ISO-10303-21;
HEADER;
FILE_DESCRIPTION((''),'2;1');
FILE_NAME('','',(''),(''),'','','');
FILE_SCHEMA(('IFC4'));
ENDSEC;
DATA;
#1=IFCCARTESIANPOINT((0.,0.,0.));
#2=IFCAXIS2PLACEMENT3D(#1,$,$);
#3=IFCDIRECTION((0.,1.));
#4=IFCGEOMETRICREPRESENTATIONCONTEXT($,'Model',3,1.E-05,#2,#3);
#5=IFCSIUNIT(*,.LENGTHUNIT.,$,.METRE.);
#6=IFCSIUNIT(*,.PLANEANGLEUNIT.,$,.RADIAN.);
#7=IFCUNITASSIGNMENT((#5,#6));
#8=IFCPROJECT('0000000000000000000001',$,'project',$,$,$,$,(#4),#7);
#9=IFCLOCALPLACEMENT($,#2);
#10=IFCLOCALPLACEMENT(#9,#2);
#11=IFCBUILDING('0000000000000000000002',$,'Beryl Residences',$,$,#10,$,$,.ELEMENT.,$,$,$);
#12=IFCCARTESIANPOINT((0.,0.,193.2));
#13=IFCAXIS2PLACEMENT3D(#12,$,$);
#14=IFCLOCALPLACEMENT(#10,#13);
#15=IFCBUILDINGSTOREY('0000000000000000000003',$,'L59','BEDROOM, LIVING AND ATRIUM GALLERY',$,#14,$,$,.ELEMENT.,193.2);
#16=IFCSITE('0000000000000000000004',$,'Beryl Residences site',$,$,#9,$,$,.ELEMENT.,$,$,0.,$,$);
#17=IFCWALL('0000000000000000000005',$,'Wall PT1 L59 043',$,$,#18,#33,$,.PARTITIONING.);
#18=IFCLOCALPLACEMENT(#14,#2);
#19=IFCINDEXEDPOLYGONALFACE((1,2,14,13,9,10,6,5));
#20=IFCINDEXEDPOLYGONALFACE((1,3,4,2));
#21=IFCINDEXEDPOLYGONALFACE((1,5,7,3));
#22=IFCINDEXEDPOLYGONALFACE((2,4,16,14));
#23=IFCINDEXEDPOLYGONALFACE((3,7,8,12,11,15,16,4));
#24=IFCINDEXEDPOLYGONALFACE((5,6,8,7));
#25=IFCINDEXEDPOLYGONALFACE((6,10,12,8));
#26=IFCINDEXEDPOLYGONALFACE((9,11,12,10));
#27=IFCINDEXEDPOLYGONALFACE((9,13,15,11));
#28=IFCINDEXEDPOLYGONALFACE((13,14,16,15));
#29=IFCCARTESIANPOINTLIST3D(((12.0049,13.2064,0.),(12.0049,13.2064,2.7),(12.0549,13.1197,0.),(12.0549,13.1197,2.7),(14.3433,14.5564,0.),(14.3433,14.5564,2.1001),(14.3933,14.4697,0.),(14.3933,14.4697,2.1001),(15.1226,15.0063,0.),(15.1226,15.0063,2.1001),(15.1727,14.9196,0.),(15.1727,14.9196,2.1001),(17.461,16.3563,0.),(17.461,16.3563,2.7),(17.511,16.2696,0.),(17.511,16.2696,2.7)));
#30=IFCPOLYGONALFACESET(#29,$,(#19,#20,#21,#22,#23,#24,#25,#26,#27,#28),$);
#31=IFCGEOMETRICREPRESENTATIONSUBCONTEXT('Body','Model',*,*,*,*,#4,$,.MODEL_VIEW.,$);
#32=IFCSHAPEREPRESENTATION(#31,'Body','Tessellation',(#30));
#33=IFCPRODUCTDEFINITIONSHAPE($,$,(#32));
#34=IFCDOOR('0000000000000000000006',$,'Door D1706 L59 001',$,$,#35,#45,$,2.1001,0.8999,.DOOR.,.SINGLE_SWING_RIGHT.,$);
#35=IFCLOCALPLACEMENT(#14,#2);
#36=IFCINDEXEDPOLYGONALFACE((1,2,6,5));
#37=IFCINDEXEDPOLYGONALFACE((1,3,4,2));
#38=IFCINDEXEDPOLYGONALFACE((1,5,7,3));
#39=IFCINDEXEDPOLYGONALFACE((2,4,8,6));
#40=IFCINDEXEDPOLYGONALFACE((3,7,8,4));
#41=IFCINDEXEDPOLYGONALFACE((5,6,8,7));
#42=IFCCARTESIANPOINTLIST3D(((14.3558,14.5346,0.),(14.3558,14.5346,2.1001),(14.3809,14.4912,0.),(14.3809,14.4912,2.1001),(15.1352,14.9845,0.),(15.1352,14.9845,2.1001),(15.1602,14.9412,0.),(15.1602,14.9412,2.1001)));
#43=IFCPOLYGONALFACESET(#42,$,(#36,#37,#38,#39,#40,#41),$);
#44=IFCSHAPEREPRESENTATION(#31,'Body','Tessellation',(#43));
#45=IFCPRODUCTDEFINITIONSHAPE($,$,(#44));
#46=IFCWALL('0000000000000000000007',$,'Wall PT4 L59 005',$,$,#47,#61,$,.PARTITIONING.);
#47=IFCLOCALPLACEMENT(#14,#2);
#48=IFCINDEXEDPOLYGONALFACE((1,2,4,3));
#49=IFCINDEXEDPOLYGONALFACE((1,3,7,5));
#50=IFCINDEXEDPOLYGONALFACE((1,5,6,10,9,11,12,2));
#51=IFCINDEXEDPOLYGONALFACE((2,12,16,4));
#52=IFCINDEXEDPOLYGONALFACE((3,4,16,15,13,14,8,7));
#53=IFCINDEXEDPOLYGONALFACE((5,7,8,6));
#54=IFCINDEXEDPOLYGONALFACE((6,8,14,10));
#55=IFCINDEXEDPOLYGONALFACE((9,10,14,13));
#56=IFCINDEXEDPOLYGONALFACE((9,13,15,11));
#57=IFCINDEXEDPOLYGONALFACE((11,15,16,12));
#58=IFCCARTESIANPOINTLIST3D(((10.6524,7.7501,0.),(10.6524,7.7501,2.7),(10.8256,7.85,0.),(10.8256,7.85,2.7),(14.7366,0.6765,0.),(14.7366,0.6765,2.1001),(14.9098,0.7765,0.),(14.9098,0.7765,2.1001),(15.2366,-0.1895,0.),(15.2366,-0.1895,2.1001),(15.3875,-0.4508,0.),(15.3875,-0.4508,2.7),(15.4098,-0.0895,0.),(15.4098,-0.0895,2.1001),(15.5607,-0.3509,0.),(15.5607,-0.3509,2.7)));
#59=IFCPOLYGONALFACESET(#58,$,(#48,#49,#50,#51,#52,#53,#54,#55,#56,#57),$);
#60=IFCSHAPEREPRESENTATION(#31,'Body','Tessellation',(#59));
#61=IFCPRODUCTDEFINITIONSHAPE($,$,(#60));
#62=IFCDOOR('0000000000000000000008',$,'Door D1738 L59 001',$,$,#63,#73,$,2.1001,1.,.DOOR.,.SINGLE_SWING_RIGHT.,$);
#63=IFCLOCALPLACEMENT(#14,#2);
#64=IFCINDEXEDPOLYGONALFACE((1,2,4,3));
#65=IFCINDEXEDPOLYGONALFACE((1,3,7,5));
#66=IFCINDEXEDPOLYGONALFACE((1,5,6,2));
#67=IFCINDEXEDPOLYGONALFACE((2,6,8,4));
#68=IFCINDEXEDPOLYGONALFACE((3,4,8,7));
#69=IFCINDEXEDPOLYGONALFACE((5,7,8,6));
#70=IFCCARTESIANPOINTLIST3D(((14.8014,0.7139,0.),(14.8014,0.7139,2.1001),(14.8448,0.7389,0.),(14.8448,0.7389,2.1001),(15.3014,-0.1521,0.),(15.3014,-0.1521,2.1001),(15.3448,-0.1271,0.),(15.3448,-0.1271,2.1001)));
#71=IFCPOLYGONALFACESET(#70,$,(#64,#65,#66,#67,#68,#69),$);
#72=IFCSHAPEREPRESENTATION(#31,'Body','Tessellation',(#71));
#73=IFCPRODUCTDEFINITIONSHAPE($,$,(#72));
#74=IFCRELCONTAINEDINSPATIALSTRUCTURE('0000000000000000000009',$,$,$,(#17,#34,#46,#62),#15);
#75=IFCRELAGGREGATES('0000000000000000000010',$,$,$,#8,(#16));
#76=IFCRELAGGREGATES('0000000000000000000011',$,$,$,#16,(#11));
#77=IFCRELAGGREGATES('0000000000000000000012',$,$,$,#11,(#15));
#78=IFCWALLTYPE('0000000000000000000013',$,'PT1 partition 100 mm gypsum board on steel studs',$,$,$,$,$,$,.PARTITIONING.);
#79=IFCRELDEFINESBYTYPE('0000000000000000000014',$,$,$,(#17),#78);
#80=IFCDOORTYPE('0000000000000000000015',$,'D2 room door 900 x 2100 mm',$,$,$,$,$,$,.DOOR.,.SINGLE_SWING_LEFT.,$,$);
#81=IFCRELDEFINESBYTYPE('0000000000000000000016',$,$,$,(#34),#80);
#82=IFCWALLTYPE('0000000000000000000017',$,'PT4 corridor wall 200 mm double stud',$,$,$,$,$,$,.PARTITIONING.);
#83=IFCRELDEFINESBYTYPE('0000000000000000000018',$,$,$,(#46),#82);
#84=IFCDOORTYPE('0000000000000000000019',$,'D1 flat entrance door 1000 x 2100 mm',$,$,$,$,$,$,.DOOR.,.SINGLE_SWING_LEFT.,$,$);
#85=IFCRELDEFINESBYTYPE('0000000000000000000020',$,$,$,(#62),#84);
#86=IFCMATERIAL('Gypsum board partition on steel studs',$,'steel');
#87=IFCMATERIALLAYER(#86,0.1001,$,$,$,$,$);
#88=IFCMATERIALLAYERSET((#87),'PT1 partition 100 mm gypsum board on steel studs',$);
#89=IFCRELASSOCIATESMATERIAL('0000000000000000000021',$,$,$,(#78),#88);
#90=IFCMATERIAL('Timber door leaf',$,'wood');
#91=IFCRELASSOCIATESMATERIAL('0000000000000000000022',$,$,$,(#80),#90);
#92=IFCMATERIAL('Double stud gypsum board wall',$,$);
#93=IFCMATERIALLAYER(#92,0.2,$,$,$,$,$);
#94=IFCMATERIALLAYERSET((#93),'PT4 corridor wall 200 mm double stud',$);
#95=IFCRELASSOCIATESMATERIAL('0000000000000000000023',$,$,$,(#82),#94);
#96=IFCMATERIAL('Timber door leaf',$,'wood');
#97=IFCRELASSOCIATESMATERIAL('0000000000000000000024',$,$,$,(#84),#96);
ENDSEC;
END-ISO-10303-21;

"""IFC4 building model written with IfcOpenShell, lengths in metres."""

from ifc_helpers import new_model, si_unit, direction, frame, frame_2d, origin, place, context, subcontext, project, spatial, rectangle, extrude, material, layer, layer_set, type_object, element, fill, save


model = new_model("IFC4")

# Units and contexts
model_context = context("Model", 3, precision=1e-05, world=origin(), true_north=direction((0.0, 1.0)))
body_context = subcontext(model_context, "Body", "Model", "MODEL_VIEW")
ifc_project = project(units=[si_unit("LENGTHUNIT", "METRE"), si_unit("PLANEANGLEUNIT", "RADIAN")], contexts=[model_context])

# Site, building, storey
site_placement = place(None, origin())
site = spatial("IfcSite", under=ifc_project, at=site_placement, Name="Beryl Residences site", CompositionType="ELEMENT", RefElevation=0.0)
building_placement = place(site_placement, origin())
building = spatial("IfcBuilding", under=site, at=building_placement, Name="Beryl Residences", CompositionType="ELEMENT")
storey_placement = place(building_placement, frame((0.0, 0.0, 193.2)))
storey = spatial("IfcBuildingStorey", under=building, at=storey_placement, Name="L59", Description="BEDROOM, LIVING AND ATRIUM GALLERY", CompositionType="ELEMENT", Elevation=193.2)

# Shared definitions
ifc_material_1 = material(Name="Gypsum board partition on steel studs", Category="steel")
ifc_layer_1 = layer(ifc_material_1, 0.1001)
ifc_layer_set_1 = layer_set([ifc_layer_1], Name="PT1 partition 100 mm gypsum board on steel studs")
wall_type_1 = type_object("IfcWallType", Name="PT1 partition 100 mm gypsum board on steel studs", PredefinedType="PARTITIONING", material=ifc_layer_set_1)

# Walls, openings, doors
ifc_material_2 = material(Name="Timber door leaf", Category="wood")
door_type_1 = type_object("IfcDoorType", Name="D2 room door 900 x 2100 mm", OperationType="SINGLE_SWING_LEFT", PredefinedType="DOOR", material=ifc_material_2)
wall_1_placement = place(storey_placement, frame((12.03, 13.1631, 0.0), z_axis=(0.0, 0.0, 1.0), x_axis=(0.866036, 0.499982, 0.0)))
wall_1 = element("IfcWall", 1, at=wall_1_placement, inside=storey, type_object=wall_type_1, Name="Wall PT1 L59 043", PredefinedType="PARTITIONING", context=body_context, shape_type="SweptSolid", body=[
    extrude(rectangle(XDim=6.3, YDim=0.1001, at=frame_2d((3.1499, 0.0))), origin(), (0.0, 0.0, 1.0), 2.7),
])
opening_1_placement = place(wall_1_placement, frame((2.7, 0.0, 0.0)))
opening_1 = element("IfcOpeningElement", 2, at=opening_1_placement, cuts=wall_1, PredefinedType="OPENING", context=body_context, shape_type="SweptSolid", body=[
    extrude(rectangle(XDim=0.8999, YDim=2.1001, at=frame_2d((0.45, 1.05))), frame((0.0, 0.0601, 0.0), z_axis=(0.0, -1.0, 0.0), x_axis=(1.0, 0.0, 0.0)), (0.0, 0.0, 1.0), 0.1201),
])
door_1_placement = place(opening_1_placement, origin())
door_1 = element("IfcDoor", 3, at=door_1_placement, inside=storey, type_object=door_type_1, Name="Door D1706 L59 001", OperationType="SINGLE_SWING_RIGHT", OverallHeight=2.1001, OverallWidth=0.8999, PredefinedType="DOOR", context=body_context, shape_type="SweptSolid", body=[
    extrude(rectangle(XDim=0.8999, YDim=2.1001, at=frame_2d((0.45, 1.05))), frame((0.0, 0.0249, 0.0), z_axis=(0.0, -1.0, 0.0), x_axis=(1.0, 0.0, 0.0)), (0.0, 0.0, 1.0), 0.05),
])
fill(opening_1, door_1)
ifc_material_3 = material(Name="Double stud gypsum board wall")
ifc_layer_2 = layer(ifc_material_3, 0.2)
ifc_layer_set_2 = layer_set([ifc_layer_2], Name="PT4 corridor wall 200 mm double stud")
wall_type_2 = type_object("IfcWallType", Name="PT4 corridor wall 200 mm double stud", PredefinedType="PARTITIONING", material=ifc_layer_set_2)
wall_2_placement = place(storey_placement, frame((10.739, 7.8, 0.0), z_axis=(0.0, 0.0, 1.0), x_axis=(0.500024, -0.866012, 0.0)))
wall_2 = element("IfcWall", 4, at=wall_2_placement, inside=storey, type_object=wall_type_2, Name="Wall PT4 L59 005", PredefinedType="PARTITIONING", context=body_context, shape_type="SweptSolid", body=[
    extrude(rectangle(XDim=9.4697, YDim=0.2, at=frame_2d((4.7349, 0.0))), origin(), (0.0, 0.0, 1.0), 2.7),
])
opening_2_placement = place(wall_2_placement, frame((8.168, 0.0, 0.0)))
opening_2 = element("IfcOpeningElement", 5, at=opening_2_placement, cuts=wall_2, PredefinedType="OPENING", context=body_context, shape_type="SweptSolid", body=[
    extrude(rectangle(XDim=1.0, YDim=2.1001, at=frame_2d((0.5, 1.05))), frame((0.0, 0.1099, 0.0), z_axis=(0.0, -1.0, 0.0), x_axis=(1.0, 0.0, 0.0)), (0.0, 0.0, 1.0), 0.22),
])
ifc_material_4 = material(Name="Timber door leaf", Category="wood")
door_type_2 = type_object("IfcDoorType", Name="D1 flat entrance door 1000 x 2100 mm", OperationType="SINGLE_SWING_LEFT", PredefinedType="DOOR", material=ifc_material_4)
door_2_placement = place(opening_2_placement, origin())
door_2 = element("IfcDoor", 6, at=door_2_placement, inside=storey, type_object=door_type_2, Name="Door D1738 L59 001", OperationType="SINGLE_SWING_RIGHT", OverallHeight=2.1001, OverallWidth=1.0, PredefinedType="DOOR", context=body_context, shape_type="SweptSolid", body=[
    extrude(rectangle(XDim=1.0, YDim=2.1001, at=frame_2d((0.5, 1.05))), frame((0.0, 0.0249, 0.0), z_axis=(0.0, -1.0, 0.0), x_axis=(1.0, 0.0, 0.0)), (0.0, 0.0, 1.0), 0.05),
])
fill(opening_2, door_2)

save(model, "model.ifc")
